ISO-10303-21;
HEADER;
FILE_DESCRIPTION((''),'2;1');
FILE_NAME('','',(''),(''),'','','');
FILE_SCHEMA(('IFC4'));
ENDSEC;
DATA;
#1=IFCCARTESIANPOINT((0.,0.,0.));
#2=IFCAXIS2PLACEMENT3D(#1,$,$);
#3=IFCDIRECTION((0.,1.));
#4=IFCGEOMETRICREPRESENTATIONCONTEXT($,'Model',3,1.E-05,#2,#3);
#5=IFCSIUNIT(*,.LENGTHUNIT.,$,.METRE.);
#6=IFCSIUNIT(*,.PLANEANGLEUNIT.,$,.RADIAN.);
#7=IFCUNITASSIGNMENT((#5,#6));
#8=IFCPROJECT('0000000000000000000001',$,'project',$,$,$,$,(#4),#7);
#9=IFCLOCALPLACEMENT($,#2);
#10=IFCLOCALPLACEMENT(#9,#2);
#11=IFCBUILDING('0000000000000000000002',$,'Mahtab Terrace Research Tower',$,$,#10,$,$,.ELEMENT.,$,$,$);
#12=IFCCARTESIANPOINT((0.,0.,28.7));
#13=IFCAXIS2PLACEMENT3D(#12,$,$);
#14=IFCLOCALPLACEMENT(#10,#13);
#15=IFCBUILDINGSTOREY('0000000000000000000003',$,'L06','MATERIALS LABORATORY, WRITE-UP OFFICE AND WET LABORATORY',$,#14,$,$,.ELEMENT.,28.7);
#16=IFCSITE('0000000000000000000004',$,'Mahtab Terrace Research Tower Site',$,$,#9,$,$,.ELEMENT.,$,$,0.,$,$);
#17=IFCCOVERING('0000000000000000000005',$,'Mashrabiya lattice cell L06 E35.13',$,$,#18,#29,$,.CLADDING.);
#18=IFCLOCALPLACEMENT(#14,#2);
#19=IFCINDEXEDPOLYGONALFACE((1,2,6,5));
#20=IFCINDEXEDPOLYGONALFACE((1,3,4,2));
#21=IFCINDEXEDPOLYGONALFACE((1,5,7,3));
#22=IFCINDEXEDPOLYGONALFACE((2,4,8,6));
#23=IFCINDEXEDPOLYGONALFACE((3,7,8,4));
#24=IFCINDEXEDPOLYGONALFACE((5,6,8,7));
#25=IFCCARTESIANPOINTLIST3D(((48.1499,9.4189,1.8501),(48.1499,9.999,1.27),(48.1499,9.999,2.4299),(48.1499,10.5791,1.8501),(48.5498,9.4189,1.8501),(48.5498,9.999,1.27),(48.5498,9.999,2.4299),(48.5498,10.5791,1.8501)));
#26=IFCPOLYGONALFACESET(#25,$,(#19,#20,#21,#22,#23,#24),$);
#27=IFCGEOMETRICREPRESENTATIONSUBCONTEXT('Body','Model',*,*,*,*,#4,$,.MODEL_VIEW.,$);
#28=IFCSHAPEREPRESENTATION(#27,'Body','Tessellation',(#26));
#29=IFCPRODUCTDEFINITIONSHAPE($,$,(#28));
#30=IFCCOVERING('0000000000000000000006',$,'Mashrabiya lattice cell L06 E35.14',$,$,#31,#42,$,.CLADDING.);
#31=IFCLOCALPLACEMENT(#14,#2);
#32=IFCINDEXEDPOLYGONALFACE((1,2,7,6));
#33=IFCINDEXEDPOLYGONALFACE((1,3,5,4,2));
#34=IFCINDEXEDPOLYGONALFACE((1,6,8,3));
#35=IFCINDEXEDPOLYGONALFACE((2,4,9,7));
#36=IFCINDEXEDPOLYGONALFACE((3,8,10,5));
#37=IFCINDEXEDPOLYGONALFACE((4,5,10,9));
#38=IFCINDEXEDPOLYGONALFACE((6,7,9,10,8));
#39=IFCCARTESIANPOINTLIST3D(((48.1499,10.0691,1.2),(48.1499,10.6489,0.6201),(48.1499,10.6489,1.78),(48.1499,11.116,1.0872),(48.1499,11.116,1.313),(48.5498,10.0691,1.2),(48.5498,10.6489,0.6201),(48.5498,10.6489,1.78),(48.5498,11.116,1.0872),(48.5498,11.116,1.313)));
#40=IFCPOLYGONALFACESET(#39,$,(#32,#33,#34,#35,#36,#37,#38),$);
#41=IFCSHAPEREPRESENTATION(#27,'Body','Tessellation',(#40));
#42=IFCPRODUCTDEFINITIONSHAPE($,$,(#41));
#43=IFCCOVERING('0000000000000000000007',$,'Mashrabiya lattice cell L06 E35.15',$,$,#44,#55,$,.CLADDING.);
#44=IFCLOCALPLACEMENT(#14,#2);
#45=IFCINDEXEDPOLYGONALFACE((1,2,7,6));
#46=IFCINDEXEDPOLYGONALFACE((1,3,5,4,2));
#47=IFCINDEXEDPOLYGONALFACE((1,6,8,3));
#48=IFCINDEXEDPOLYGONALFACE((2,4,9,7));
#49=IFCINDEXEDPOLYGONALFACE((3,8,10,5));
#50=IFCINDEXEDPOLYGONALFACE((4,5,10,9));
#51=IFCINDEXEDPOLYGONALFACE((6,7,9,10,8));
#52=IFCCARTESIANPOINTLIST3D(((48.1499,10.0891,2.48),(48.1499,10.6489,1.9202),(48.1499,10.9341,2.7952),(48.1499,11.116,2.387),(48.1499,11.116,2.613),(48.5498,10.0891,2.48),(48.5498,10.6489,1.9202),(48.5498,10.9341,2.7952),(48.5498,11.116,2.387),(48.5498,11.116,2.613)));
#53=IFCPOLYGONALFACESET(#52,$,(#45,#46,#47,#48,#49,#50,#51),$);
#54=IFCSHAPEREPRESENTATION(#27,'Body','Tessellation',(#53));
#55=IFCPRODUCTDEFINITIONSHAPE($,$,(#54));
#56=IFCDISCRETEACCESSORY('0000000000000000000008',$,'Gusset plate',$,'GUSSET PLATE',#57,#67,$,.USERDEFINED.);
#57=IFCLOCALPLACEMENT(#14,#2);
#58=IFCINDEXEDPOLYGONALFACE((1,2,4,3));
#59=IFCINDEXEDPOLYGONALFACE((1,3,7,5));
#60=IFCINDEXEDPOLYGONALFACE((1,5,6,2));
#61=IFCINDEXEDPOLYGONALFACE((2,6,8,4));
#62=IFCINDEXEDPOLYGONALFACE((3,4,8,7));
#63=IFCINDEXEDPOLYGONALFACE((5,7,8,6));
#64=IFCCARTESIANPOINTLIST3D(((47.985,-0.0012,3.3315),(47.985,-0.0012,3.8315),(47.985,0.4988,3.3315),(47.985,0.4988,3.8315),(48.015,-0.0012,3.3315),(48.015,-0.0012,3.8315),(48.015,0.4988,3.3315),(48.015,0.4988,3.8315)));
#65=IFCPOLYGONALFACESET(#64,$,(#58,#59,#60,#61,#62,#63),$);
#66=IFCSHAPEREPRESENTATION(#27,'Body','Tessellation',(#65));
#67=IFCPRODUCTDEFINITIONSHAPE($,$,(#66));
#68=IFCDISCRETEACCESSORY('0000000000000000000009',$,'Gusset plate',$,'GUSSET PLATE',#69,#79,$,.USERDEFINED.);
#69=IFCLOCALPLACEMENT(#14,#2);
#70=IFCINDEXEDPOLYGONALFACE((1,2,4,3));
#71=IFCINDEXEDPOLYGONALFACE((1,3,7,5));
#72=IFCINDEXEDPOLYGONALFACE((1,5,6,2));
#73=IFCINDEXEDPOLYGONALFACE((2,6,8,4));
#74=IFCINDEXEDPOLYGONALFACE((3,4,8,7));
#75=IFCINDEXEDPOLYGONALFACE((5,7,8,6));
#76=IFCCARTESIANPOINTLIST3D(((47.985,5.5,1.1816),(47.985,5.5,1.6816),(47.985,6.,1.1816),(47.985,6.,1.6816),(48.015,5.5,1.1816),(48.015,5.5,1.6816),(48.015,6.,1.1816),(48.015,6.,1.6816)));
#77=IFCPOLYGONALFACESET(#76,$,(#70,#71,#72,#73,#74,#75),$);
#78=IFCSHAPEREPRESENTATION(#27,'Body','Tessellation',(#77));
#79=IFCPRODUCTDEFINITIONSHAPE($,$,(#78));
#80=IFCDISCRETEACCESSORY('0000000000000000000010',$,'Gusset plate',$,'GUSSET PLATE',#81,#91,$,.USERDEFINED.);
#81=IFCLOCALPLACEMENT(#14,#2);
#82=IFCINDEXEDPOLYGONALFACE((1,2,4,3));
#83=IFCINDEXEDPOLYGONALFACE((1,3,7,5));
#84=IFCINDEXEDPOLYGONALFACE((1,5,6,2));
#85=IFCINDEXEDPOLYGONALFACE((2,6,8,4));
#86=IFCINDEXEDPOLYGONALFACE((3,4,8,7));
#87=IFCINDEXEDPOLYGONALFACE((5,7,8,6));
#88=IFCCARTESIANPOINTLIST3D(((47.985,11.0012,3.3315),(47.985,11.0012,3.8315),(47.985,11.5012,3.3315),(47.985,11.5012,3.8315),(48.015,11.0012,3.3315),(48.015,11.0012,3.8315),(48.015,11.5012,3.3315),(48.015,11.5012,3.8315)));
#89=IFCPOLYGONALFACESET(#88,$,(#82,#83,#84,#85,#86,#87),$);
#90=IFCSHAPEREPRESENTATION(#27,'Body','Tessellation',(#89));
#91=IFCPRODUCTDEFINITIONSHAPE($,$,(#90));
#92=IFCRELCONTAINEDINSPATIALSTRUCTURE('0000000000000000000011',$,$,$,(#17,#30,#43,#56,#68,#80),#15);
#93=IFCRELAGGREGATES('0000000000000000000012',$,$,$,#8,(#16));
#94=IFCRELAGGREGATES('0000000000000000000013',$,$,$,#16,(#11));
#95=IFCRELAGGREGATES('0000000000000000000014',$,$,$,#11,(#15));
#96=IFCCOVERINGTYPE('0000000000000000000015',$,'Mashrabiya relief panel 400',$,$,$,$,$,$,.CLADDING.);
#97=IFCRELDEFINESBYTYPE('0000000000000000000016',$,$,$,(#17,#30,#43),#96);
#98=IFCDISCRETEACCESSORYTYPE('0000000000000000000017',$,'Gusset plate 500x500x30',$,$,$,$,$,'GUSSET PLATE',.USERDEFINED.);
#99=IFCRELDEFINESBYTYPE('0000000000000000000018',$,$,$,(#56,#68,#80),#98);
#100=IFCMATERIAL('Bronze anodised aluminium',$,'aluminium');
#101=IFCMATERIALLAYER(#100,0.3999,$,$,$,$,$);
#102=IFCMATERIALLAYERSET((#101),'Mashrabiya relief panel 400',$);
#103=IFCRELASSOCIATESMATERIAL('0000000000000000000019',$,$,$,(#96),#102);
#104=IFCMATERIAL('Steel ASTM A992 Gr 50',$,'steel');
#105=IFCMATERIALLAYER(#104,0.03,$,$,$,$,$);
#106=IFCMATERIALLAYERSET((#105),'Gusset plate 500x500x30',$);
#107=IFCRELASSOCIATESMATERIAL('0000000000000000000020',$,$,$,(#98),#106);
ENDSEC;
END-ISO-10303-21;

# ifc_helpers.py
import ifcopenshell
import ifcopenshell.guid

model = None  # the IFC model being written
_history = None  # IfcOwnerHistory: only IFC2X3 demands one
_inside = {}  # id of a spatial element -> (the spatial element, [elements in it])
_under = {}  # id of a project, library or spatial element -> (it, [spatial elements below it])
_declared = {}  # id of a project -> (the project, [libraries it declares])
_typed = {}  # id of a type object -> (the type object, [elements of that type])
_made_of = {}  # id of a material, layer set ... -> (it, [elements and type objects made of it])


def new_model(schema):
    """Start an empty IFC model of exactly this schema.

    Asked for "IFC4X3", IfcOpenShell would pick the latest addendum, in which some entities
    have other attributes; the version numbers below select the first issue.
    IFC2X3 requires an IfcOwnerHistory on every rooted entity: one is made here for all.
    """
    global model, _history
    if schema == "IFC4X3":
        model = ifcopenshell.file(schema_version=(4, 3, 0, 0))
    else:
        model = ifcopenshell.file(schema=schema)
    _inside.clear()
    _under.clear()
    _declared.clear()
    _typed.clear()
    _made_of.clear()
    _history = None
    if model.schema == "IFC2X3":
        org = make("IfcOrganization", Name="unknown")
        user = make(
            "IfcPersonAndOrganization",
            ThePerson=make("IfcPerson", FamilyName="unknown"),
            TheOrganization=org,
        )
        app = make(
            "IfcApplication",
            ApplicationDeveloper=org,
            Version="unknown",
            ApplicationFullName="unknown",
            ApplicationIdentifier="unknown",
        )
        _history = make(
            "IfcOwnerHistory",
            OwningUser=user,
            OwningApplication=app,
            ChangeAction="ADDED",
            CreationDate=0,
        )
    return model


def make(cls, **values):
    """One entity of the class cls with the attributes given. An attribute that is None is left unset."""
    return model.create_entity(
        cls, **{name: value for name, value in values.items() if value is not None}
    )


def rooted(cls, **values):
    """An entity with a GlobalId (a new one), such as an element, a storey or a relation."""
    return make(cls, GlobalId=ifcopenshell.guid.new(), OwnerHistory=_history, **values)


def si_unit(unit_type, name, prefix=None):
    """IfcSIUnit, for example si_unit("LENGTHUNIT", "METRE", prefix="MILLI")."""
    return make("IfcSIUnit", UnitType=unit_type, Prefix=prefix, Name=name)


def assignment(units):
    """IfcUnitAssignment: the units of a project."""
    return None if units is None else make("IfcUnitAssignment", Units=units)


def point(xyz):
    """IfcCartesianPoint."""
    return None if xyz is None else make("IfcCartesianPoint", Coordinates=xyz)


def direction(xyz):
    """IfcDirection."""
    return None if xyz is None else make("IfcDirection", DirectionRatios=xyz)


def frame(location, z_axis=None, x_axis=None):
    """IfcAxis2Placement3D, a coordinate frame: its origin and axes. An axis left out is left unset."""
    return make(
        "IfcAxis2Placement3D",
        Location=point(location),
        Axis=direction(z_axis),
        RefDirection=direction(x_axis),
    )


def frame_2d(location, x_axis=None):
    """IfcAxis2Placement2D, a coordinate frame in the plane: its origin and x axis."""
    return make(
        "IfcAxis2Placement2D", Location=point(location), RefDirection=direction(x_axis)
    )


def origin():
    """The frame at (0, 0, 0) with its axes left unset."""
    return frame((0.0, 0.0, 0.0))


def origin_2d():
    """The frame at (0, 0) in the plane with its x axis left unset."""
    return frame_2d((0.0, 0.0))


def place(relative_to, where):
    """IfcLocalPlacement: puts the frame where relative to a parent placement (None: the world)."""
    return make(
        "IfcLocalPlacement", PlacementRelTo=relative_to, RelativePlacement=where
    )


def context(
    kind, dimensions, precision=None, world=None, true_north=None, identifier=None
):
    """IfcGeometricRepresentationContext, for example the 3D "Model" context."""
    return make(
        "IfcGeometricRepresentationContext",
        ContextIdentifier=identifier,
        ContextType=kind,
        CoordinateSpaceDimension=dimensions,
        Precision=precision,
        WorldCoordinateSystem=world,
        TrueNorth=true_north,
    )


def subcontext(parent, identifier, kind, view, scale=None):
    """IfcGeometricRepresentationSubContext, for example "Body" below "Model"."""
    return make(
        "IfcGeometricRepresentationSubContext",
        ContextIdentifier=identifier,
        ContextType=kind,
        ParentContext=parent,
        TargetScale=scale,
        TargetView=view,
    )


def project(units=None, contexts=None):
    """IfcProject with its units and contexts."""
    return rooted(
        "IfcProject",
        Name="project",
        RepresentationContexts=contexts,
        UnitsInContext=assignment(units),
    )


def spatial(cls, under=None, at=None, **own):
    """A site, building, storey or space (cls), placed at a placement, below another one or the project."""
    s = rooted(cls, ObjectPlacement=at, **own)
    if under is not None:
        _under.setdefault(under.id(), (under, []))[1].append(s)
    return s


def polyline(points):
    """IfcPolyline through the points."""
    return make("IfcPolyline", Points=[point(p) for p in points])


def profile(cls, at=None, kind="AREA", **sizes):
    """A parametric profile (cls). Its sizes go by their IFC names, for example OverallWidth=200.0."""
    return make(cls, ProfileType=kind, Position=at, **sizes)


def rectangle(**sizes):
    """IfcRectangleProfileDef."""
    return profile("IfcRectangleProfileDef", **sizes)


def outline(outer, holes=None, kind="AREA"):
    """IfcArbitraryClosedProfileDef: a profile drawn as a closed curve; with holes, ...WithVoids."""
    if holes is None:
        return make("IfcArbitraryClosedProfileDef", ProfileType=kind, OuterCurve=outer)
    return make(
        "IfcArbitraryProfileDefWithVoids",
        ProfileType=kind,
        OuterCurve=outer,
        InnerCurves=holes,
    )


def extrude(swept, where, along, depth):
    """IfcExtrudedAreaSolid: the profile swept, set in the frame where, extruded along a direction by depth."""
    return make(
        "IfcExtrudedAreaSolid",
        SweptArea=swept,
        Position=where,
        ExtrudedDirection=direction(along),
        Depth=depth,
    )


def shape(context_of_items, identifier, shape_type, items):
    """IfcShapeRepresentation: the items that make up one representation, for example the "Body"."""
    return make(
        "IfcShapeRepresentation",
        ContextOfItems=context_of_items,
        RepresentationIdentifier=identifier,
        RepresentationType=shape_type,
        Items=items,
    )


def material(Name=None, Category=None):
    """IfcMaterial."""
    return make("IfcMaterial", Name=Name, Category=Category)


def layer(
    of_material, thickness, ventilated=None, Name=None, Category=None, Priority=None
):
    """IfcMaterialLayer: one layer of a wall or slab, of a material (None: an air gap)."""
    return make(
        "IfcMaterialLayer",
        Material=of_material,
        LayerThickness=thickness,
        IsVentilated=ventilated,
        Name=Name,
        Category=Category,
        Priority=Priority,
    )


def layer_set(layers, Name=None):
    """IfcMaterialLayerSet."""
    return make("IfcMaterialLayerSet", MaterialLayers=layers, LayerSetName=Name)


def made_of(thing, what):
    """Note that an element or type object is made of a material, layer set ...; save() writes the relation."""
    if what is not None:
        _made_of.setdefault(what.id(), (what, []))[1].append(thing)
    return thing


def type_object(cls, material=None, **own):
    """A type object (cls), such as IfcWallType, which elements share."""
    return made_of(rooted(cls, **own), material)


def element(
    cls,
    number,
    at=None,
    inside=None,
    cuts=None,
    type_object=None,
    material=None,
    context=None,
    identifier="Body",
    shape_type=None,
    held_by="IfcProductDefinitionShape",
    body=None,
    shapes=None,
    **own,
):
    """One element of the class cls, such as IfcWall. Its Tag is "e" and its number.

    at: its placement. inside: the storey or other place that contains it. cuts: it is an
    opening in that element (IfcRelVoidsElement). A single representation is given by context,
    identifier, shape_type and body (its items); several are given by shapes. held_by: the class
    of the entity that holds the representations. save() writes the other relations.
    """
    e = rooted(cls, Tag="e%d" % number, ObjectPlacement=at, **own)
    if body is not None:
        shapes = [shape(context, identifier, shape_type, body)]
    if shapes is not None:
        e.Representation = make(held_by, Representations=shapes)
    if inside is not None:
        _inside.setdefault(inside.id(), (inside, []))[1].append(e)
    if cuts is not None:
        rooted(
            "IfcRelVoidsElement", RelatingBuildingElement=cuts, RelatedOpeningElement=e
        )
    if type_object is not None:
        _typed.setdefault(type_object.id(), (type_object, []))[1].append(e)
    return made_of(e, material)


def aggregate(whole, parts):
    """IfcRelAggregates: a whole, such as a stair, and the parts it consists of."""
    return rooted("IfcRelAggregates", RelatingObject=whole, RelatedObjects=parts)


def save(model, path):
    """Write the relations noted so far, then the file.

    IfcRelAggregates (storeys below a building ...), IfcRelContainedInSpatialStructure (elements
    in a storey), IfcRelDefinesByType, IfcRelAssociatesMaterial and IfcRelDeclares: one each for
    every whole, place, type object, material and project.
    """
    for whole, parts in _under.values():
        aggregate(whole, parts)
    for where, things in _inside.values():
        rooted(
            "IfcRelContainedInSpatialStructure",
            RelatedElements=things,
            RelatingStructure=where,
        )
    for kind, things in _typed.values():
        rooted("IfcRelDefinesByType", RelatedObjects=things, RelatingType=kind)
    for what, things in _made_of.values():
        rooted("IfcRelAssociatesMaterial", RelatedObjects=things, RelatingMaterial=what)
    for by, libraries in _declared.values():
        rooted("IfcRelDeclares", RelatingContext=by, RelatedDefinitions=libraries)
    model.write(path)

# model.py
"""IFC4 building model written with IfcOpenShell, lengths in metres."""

from ifc_helpers import new_model, si_unit, direction, frame, origin, origin_2d, place, context, subcontext, project, spatial, polyline, rectangle, outline, extrude, material, layer, layer_set, type_object, element, save


model = new_model("IFC4")

# Units and contexts
model_context = context("Model", 3, precision=1e-05, world=origin(), true_north=direction((0.0, 1.0)))
body_context = subcontext(model_context, "Body", "Model", "MODEL_VIEW")
ifc_project = project(units=[si_unit("LENGTHUNIT", "METRE"), si_unit("PLANEANGLEUNIT", "RADIAN")], contexts=[model_context])

# Site, building, storey
site_placement = place(None, origin())
site = spatial("IfcSite", under=ifc_project, at=site_placement, Name="Mahtab Terrace Research Tower Site", CompositionType="ELEMENT", RefElevation=0.0)
building_placement = place(site_placement, origin())
building = spatial("IfcBuilding", under=site, at=building_placement, Name="Mahtab Terrace Research Tower", CompositionType="ELEMENT")
storey_placement = place(building_placement, frame((0.0, 0.0, 28.7)))
storey = spatial("IfcBuildingStorey", under=building, at=storey_placement, Name="L06", Description="MATERIALS LABORATORY, WRITE-UP OFFICE AND WET LABORATORY", CompositionType="ELEMENT", Elevation=28.7)

# Shared definitions
ifc_material_1 = material(Name="Steel ASTM A992 Gr 50", Category="steel")

# Coverings
ifc_material_2 = material(Name="Bronze anodised aluminium", Category="aluminium")
ifc_layer_1 = layer(ifc_material_2, 0.3999)
ifc_layer_set_1 = layer_set([ifc_layer_1], Name="Mashrabiya relief panel 400")
covering_type = type_object("IfcCoveringType", Name="Mashrabiya relief panel 400", PredefinedType="CLADDING", material=ifc_layer_set_1)
covering_1_placement = place(storey_placement, frame((48.1499, 9.999, 2.4299), z_axis=(-1.0, 0.0, 0.0), x_axis=(0.0, 0.707256, -0.706958)))
element("IfcCovering", 1, at=covering_1_placement, inside=storey, type_object=covering_type, Name="Mashrabiya lattice cell L06 E35.13", PredefinedType="CLADDING", context=body_context, shape_type="SweptSolid", body=[
    extrude(outline(polyline([(0.0, 0.0), (0.8202, 0.0), (0.82, 0.8204), (-0.0003, 0.8202), (0.0, 0.0)])), origin(), (0.0, 0.0, -1.0), 0.3999),
])
covering_2_placement = place(storey_placement, frame((48.1499, 10.6489, 0.6201), z_axis=(-1.0, 0.0, 0.0), x_axis=(0.0, -0.707107, 0.707107)))
element("IfcCovering", 2, at=covering_2_placement, inside=storey, type_object=covering_type, Name="Mashrabiya lattice cell L06 E35.14", PredefinedType="CLADDING", context=body_context, shape_type="SweptSolid", body=[
    extrude(outline(polyline([(0.0, 0.0), (0.82, 0.0), (0.8202, 0.8202), (0.1597, 0.8202), (0.0, 0.6605), (0.0, 0.0)])), origin(), (0.0, 0.0, -1.0), 0.3999),
])
covering_3_placement = place(storey_placement, frame((48.1499, 10.6489, 1.9202), z_axis=(-1.0, 0.0, 0.0), x_axis=(0.0, -0.707107, 0.707107)))
element("IfcCovering", 3, at=covering_3_placement, inside=storey, type_object=covering_type, Name="Mashrabiya lattice cell L06 E35.15", PredefinedType="CLADDING", context=body_context, shape_type="SweptSolid", body=[
    extrude(outline(polyline([(0.0, 0.0), (0.7917, 0.0), (0.4171, 0.8204), (0.1597, 0.8202), (-0.0002, 0.6603), (0.0, 0.0)])), origin(), (0.0, 0.0, -1.0), 0.3999),
])

# Discrete accessories
ifc_layer_2 = layer(ifc_material_1, 0.03)
ifc_layer_set_2 = layer_set([ifc_layer_2], Name="Gusset plate 500x500x30")
discrete_accessory_type = type_object("IfcDiscreteAccessoryType", Name="Gusset plate 500x500x30", ElementType="GUSSET PLATE", PredefinedType="USERDEFINED", material=ifc_layer_set_2)
for number, where, z_axis, x_axis, name in (
    (4, (48.0, 0.2488, 3.3315), (0.0, 0.0, 1.0), (0.0, 1.0, 0.0), "Gusset plate"),
    (5, (48.0, 5.75, 1.1816), (0.0, 0.0, 1.0), (0.0, 1.0, 0.0), "Gusset plate"),
    (6, (48.0, 11.2512, 3.3315), (0.0, 0.0, 1.0), (0.0, 1.0, 0.0), "Gusset plate"),
):
    element("IfcDiscreteAccessory", number, at=place(storey_placement, frame(where, z_axis=z_axis, x_axis=x_axis)), inside=storey, type_object=discrete_accessory_type, Name=name, ObjectType="GUSSET PLATE", PredefinedType="USERDEFINED", context=body_context, shape_type="SweptSolid", body=[
        extrude(rectangle(XDim=0.5, YDim=0.03, at=origin_2d()), origin(), (0.0, 0.0, 1.0), 0.5),
    ])

save(model, "model.ifc")
